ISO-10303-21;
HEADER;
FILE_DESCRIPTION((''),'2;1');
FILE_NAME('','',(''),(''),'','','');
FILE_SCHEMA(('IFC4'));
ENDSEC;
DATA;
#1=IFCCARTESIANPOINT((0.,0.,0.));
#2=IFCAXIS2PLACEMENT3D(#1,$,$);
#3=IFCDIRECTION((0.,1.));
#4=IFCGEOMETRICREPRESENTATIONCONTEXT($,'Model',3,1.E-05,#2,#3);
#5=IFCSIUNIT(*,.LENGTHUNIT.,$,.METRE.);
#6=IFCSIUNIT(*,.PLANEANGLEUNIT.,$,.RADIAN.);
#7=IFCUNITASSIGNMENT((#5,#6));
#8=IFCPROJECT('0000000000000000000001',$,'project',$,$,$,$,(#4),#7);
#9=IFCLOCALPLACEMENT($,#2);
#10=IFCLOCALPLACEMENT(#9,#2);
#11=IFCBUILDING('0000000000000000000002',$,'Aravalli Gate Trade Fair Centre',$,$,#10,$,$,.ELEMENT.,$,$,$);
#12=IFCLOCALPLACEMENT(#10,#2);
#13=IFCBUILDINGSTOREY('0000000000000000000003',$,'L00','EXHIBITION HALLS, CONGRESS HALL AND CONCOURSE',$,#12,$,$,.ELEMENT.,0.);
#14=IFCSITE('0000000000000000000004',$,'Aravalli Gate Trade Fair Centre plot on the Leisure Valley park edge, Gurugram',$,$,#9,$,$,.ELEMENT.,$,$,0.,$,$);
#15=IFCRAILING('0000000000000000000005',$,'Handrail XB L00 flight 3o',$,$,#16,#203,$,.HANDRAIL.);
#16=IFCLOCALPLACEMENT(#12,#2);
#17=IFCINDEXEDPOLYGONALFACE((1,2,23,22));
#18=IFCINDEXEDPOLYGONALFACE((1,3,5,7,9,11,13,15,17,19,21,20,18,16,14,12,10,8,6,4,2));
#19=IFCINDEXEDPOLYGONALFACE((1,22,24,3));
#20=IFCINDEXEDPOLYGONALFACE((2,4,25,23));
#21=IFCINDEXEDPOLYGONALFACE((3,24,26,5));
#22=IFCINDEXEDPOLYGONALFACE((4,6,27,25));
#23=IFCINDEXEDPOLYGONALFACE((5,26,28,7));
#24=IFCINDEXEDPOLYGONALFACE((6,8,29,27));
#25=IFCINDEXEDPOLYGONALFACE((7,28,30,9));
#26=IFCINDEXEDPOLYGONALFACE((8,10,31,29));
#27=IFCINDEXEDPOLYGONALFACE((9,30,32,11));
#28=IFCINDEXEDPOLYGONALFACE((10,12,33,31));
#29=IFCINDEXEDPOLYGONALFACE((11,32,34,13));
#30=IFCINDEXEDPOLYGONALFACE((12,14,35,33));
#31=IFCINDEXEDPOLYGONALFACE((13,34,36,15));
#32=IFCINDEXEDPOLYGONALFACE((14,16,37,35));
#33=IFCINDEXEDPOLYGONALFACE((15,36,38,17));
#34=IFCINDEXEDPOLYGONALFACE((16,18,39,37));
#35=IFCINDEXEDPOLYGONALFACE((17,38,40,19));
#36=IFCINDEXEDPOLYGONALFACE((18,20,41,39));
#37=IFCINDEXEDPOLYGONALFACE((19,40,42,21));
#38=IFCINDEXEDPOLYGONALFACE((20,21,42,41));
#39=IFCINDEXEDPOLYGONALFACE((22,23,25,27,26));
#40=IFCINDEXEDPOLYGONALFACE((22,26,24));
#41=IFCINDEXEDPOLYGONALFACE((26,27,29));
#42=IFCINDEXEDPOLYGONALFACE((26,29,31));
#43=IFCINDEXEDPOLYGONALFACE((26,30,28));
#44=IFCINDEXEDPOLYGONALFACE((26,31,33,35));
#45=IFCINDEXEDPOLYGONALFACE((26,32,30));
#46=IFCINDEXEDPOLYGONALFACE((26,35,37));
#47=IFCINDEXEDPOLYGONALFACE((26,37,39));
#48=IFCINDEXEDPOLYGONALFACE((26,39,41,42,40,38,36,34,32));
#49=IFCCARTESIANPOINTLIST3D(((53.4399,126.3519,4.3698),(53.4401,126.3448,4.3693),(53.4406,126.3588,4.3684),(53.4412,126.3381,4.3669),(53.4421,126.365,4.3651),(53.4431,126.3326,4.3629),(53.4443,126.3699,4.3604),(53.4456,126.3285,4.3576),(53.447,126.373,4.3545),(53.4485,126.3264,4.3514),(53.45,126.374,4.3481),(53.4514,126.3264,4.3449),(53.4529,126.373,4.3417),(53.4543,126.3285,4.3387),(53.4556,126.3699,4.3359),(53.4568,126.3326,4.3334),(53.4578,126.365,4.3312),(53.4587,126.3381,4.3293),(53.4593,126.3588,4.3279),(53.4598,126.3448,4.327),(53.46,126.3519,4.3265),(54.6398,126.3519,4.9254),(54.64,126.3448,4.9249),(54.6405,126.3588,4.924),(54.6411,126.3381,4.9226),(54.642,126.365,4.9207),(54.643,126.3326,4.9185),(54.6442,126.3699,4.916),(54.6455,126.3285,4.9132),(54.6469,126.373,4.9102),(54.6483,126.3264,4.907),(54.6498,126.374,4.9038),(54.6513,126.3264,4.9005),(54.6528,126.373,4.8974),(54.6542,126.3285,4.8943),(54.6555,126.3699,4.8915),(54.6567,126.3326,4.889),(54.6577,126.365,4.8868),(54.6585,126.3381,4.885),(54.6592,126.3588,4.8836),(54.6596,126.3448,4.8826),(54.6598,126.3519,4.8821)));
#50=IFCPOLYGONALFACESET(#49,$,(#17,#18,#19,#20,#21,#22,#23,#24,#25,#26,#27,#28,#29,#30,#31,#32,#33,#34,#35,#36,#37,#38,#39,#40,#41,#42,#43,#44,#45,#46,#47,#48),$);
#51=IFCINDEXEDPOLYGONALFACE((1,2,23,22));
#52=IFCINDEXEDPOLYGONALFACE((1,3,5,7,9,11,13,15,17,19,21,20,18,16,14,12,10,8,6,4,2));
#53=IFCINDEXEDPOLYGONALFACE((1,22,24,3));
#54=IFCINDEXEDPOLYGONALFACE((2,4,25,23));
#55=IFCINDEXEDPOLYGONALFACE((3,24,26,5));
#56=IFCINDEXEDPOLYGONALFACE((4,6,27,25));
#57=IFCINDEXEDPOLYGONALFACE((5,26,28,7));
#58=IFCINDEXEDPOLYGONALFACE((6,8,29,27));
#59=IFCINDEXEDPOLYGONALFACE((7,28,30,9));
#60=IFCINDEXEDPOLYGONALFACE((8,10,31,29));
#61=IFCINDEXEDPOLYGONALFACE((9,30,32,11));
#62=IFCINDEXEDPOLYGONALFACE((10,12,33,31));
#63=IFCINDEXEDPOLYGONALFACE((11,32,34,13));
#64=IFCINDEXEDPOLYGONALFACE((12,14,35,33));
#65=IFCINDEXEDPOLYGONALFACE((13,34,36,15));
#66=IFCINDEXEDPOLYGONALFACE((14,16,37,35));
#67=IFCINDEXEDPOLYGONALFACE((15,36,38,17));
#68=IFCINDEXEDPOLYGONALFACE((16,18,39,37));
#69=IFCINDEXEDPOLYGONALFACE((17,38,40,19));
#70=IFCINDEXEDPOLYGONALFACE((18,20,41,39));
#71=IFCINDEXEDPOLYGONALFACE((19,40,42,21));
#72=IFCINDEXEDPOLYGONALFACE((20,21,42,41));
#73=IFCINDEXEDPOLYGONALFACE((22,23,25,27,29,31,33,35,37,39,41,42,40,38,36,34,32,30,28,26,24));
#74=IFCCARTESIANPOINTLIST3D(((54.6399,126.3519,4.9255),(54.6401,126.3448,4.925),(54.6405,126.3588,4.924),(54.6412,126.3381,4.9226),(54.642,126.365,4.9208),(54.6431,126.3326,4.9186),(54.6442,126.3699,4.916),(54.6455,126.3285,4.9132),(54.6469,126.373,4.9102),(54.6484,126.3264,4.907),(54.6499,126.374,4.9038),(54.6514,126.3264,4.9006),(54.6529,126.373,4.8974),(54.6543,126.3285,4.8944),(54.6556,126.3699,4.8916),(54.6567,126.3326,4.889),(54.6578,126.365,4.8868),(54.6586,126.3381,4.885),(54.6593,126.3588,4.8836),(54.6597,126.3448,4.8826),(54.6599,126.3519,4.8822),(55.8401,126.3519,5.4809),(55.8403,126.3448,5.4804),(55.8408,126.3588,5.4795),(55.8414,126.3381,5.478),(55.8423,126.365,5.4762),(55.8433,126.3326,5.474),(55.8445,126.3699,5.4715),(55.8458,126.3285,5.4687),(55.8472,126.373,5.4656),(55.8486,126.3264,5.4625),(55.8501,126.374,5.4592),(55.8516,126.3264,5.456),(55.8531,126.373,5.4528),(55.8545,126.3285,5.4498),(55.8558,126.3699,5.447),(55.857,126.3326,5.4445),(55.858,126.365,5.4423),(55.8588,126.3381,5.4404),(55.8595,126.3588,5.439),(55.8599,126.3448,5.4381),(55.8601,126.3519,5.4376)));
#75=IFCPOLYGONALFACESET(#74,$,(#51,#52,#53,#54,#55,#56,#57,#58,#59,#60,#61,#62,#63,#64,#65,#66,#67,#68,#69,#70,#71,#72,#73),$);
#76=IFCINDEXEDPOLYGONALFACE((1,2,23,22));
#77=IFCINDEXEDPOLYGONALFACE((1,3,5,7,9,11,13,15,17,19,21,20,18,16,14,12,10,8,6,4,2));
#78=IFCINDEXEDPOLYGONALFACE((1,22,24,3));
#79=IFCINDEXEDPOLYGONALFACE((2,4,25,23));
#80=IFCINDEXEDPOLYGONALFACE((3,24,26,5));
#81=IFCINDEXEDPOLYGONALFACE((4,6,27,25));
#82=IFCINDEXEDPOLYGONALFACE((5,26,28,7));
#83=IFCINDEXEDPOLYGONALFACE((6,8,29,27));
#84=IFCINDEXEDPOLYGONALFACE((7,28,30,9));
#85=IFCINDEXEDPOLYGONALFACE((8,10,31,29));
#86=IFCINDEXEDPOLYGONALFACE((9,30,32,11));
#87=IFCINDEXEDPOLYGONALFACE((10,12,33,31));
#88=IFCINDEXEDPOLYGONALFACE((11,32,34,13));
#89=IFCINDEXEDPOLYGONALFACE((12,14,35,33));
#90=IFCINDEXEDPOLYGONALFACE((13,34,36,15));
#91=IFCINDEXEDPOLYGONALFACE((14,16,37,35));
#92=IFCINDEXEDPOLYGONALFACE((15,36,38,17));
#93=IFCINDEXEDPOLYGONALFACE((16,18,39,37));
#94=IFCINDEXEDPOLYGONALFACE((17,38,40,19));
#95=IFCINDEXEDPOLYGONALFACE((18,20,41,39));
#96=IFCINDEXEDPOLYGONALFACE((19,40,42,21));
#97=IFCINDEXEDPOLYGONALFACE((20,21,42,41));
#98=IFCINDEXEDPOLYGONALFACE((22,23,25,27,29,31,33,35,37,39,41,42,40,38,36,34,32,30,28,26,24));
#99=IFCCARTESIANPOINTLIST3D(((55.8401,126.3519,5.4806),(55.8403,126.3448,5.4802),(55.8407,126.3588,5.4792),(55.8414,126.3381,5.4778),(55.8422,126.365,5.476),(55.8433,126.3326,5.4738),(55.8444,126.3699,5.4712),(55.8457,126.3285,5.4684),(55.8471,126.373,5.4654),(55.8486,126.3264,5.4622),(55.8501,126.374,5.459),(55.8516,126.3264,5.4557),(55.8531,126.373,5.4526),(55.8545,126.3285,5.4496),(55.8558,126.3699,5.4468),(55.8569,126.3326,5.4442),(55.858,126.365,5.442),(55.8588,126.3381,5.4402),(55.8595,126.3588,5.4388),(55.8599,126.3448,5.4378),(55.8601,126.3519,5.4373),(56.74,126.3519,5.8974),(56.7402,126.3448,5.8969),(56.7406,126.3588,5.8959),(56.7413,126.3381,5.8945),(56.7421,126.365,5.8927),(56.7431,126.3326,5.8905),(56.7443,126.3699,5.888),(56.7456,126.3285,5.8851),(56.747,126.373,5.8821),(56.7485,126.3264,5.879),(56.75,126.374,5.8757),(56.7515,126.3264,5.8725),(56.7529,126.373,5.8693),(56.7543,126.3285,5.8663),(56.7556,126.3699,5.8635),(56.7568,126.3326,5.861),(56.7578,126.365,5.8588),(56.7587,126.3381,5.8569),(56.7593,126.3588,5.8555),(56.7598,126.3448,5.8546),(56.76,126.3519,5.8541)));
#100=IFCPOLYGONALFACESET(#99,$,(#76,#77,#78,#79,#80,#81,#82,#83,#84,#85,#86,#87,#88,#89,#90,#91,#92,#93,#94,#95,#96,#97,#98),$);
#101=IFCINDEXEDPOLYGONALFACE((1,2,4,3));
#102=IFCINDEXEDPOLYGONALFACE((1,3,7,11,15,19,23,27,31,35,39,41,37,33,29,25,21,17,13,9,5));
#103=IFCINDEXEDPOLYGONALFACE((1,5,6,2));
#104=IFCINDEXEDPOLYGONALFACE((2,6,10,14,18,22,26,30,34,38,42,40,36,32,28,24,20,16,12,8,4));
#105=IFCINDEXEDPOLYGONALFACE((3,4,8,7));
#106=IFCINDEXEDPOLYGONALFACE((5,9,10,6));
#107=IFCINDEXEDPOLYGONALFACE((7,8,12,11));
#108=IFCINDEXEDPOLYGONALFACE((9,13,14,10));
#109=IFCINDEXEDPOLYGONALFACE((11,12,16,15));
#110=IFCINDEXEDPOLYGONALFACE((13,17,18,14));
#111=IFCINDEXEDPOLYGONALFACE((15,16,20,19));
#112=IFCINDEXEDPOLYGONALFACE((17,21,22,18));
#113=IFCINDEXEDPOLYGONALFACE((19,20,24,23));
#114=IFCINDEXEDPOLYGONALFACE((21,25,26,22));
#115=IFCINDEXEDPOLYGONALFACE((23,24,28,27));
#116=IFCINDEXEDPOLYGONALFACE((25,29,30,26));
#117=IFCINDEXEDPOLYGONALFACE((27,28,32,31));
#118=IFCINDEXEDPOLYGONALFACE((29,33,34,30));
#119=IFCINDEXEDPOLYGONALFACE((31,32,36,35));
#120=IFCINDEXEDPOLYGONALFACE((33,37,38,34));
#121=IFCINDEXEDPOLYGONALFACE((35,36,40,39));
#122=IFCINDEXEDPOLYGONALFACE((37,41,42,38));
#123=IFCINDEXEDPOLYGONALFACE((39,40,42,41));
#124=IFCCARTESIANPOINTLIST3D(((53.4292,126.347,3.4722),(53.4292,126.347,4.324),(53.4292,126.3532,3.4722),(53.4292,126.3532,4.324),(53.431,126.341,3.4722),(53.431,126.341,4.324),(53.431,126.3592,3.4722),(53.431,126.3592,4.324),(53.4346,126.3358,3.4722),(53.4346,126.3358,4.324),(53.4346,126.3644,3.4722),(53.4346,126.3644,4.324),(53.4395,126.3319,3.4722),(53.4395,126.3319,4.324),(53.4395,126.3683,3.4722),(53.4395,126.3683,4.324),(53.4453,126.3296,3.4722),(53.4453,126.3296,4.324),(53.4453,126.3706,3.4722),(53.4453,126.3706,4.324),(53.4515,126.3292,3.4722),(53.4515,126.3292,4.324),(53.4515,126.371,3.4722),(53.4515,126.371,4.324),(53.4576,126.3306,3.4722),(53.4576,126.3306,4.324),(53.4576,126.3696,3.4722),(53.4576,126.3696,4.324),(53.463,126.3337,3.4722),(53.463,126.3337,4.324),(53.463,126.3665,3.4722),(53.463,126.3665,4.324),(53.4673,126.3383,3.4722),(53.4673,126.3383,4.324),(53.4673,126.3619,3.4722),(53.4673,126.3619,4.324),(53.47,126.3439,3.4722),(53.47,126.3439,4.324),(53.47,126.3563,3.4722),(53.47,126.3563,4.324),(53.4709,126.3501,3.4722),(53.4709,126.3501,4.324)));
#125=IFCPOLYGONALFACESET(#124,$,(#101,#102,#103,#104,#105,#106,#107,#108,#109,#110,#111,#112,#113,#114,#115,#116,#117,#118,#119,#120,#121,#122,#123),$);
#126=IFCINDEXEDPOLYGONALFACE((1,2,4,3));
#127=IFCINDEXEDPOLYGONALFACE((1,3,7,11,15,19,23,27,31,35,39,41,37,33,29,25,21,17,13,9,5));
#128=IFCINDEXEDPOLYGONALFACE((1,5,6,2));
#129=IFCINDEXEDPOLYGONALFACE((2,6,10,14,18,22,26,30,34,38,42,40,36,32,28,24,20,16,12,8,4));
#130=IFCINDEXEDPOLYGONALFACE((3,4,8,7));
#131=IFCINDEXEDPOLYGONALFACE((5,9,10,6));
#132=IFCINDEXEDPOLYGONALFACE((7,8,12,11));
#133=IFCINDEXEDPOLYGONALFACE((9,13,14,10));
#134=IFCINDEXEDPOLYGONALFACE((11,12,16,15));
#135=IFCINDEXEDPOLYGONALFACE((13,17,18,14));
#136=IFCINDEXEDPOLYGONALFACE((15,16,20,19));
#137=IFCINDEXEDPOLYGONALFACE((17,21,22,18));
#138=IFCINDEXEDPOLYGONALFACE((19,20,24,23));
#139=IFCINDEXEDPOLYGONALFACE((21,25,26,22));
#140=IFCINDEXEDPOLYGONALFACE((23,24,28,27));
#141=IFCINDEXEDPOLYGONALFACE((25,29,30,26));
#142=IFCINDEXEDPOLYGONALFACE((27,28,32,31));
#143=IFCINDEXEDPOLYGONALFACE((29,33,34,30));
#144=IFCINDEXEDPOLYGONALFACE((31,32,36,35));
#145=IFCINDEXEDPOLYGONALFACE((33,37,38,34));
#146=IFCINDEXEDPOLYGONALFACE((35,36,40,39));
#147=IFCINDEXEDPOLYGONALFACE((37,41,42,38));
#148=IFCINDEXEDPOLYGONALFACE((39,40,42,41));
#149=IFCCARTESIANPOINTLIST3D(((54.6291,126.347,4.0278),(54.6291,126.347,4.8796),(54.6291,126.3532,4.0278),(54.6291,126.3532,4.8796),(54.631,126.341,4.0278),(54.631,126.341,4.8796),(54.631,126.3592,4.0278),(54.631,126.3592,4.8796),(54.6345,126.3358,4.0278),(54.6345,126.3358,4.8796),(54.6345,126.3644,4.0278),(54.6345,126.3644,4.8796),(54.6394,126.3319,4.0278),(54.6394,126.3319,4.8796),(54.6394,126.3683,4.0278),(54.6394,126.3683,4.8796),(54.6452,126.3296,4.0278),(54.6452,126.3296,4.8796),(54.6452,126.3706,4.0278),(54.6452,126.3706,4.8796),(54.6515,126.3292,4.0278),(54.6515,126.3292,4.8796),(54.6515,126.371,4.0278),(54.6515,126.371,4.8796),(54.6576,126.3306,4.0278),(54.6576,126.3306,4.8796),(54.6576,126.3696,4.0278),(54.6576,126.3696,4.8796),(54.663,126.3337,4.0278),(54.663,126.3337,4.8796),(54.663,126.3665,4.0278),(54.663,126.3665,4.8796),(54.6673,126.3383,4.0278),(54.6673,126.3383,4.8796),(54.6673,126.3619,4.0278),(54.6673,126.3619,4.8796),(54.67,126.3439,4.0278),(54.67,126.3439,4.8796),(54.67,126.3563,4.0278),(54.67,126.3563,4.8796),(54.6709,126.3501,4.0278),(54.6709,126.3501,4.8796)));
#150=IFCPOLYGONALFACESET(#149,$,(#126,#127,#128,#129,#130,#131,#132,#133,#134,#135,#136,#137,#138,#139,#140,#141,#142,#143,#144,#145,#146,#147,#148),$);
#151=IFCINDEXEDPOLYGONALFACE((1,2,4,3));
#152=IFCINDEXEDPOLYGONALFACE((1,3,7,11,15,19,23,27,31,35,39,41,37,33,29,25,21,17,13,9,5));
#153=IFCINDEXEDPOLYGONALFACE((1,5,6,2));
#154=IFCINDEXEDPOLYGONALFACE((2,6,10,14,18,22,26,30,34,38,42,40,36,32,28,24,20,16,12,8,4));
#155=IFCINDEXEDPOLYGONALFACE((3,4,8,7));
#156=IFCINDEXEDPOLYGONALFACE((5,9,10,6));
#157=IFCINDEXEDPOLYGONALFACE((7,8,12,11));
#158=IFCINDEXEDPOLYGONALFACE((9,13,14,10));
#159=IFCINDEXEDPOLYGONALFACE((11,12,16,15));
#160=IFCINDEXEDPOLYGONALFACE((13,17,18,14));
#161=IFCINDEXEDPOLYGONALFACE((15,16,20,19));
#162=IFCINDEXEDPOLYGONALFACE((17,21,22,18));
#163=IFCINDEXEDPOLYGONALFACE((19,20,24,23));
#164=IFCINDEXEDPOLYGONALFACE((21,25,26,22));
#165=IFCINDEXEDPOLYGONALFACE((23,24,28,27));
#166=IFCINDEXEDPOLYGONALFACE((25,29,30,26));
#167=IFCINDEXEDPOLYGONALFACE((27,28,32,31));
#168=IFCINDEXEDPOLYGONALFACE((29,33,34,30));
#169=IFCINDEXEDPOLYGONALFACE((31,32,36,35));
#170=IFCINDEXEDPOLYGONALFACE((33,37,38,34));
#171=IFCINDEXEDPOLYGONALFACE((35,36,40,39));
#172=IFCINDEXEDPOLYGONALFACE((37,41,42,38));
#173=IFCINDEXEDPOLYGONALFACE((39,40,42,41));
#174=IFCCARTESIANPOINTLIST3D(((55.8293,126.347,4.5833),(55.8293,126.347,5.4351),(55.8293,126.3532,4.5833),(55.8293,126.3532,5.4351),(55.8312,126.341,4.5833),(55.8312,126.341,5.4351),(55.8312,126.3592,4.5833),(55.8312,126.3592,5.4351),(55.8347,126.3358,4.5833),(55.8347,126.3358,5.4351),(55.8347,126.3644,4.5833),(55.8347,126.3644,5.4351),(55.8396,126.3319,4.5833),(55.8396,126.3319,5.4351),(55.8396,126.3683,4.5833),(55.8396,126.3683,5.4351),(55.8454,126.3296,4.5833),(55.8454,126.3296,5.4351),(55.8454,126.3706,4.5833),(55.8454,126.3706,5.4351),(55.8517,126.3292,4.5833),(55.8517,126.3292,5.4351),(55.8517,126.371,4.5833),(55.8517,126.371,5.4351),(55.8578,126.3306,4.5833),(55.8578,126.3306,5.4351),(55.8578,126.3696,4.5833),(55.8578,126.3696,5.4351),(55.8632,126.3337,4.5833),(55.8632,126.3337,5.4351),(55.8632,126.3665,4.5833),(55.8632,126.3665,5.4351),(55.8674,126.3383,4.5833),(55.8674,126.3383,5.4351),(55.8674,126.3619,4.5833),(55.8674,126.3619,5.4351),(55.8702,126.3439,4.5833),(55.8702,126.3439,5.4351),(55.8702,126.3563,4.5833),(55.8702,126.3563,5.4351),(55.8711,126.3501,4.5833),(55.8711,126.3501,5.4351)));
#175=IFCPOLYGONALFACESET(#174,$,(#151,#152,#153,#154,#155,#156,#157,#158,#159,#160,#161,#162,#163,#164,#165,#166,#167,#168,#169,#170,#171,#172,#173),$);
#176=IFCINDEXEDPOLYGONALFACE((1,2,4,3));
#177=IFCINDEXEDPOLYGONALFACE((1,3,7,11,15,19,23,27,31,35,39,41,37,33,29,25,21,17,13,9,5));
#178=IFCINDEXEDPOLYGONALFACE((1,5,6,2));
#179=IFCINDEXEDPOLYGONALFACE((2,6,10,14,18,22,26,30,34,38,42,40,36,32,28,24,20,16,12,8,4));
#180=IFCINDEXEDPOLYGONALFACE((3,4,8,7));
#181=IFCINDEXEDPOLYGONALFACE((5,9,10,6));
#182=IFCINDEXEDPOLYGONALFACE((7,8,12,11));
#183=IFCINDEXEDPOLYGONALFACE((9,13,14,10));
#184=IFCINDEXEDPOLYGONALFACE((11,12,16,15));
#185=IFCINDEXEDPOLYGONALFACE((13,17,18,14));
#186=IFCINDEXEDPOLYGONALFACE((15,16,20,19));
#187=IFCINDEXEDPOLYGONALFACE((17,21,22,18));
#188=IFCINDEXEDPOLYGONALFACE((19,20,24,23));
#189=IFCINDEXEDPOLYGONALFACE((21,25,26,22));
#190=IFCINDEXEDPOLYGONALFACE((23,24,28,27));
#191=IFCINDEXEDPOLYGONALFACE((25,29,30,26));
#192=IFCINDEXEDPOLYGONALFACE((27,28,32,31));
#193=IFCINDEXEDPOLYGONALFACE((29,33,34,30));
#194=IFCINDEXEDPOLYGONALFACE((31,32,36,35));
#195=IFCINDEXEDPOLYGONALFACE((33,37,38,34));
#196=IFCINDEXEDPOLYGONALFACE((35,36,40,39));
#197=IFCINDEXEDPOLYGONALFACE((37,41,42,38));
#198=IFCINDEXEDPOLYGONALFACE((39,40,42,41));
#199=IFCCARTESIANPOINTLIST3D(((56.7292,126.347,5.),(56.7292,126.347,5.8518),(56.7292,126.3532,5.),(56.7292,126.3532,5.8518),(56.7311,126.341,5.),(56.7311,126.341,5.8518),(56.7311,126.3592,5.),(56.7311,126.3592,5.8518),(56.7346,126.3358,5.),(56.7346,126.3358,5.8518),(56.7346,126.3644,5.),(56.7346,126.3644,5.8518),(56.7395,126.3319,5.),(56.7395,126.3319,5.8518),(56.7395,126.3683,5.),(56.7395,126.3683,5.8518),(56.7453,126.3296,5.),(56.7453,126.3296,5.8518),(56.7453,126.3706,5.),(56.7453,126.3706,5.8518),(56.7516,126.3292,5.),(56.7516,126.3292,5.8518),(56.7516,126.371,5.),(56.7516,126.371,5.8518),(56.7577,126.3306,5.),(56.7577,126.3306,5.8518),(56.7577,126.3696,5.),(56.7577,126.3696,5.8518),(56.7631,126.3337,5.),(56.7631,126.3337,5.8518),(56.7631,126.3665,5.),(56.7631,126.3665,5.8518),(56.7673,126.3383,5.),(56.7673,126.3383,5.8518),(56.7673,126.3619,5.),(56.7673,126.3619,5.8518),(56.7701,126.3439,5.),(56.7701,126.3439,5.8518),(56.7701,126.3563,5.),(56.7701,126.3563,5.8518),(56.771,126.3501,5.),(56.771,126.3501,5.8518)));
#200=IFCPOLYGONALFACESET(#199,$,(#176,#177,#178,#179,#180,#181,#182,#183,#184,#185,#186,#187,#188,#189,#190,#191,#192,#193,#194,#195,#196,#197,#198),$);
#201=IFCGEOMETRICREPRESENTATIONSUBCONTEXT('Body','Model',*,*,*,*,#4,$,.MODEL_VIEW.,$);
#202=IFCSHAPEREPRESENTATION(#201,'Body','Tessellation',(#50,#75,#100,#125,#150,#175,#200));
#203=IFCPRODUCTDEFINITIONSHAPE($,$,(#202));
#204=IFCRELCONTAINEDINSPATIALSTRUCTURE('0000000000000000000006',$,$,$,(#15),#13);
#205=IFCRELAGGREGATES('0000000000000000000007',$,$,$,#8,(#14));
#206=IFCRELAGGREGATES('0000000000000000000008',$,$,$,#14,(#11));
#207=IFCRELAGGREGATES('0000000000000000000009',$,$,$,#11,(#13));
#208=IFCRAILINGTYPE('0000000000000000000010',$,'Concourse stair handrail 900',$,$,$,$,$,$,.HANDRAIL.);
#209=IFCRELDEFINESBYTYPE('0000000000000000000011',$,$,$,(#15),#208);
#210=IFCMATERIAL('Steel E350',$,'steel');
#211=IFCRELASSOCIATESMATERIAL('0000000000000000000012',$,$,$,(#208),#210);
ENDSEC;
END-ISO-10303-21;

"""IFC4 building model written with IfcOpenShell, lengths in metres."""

from ifc_helpers import new_model, si_unit, direction, frame, origin, origin_2d, place, context, subcontext, project, spatial, circle, extrude, material, type_object, element, save


model = new_model("IFC4")

# Units and contexts
model_context = context("Model", 3, precision=1e-05, world=origin(), true_north=direction((0.0, 1.0)))
body_context = subcontext(model_context, "Body", "Model", "MODEL_VIEW")
ifc_project = project(units=[si_unit("LENGTHUNIT", "METRE"), si_unit("PLANEANGLEUNIT", "RADIAN")], contexts=[model_context])

# Site, building, storey
site_placement = place(None, origin())
site = spatial("IfcSite", under=ifc_project, at=site_placement, Name="Aravalli Gate Trade Fair Centre plot on the Leisure Valley park edge, Gurugram", CompositionType="ELEMENT", RefElevation=0.0)
building_placement = place(site_placement, origin())
building = spatial("IfcBuilding", under=site, at=building_placement, Name="Aravalli Gate Trade Fair Centre", CompositionType="ELEMENT")
storey_placement = place(building_placement, origin())
storey = spatial("IfcBuildingStorey", under=building, at=storey_placement, Name="L00", Description="EXHIBITION HALLS, CONGRESS HALL AND CONCOURSE", CompositionType="ELEMENT", Elevation=0.0)

# Shared definitions
ifc_material_1 = material(Name="Steel E350", Category="steel")

# Railing
railing_type = type_object("IfcRailingType", Name="Concourse stair handrail 900", PredefinedType="HANDRAIL", material=ifc_material_1)
for number, where, name in (
    (1, (53.45, 126.3501, 3.4722), "Handrail XB L00 flight 3o"),
):
    element("IfcRailing", number, at=place(storey_placement, frame(where)), inside=storey, type_object=railing_type, Name=name, PredefinedType="HANDRAIL", context=body_context, shape_type="SweptSolid", body=[
        extrude(circle(Radius=0.0239, at=origin_2d()), frame((0.0, 0.0, 0.876), z_axis=(0.907429, 0.0, 0.420205), x_axis=(0.0, 1.0, 0.0)), (0.0, 0.0, 1.0), 1.3223),
        extrude(circle(Radius=0.0239, at=origin_2d()), frame((1.2, 0.0, 1.4316), z_axis=(0.907532, 0.0, 0.419983), x_axis=(0.0, 1.0, 0.0)), (0.0, 0.0, 1.0), 1.3225),
        extrude(circle(Radius=0.0239, at=origin_2d()), frame((2.4001, 0.0, 1.9868), z_axis=(0.907418, 0.0, 0.420229), x_axis=(0.0, 1.0, 0.0)), (0.0, 0.0, 1.0), 0.9917),
        extrude(circle(Radius=0.021, at=origin_2d()), origin(), (0.0, 0.0, 1.0), 0.8518),
        extrude(circle(Radius=0.021, at=origin_2d()), frame((1.2, 0.0, 0.5557)), (0.0, 0.0, 1.0), 0.8518),
        extrude(circle(Radius=0.021, at=origin_2d()), frame((2.4001, 0.0, 1.1111)), (0.0, 0.0, 1.0), 0.8518),
        extrude(circle(Radius=0.021, at=origin_2d()), frame((3.3, 0.0, 1.5278)), (0.0, 0.0, 1.0), 0.8518),
    ])

save(model, "model.ifc")
